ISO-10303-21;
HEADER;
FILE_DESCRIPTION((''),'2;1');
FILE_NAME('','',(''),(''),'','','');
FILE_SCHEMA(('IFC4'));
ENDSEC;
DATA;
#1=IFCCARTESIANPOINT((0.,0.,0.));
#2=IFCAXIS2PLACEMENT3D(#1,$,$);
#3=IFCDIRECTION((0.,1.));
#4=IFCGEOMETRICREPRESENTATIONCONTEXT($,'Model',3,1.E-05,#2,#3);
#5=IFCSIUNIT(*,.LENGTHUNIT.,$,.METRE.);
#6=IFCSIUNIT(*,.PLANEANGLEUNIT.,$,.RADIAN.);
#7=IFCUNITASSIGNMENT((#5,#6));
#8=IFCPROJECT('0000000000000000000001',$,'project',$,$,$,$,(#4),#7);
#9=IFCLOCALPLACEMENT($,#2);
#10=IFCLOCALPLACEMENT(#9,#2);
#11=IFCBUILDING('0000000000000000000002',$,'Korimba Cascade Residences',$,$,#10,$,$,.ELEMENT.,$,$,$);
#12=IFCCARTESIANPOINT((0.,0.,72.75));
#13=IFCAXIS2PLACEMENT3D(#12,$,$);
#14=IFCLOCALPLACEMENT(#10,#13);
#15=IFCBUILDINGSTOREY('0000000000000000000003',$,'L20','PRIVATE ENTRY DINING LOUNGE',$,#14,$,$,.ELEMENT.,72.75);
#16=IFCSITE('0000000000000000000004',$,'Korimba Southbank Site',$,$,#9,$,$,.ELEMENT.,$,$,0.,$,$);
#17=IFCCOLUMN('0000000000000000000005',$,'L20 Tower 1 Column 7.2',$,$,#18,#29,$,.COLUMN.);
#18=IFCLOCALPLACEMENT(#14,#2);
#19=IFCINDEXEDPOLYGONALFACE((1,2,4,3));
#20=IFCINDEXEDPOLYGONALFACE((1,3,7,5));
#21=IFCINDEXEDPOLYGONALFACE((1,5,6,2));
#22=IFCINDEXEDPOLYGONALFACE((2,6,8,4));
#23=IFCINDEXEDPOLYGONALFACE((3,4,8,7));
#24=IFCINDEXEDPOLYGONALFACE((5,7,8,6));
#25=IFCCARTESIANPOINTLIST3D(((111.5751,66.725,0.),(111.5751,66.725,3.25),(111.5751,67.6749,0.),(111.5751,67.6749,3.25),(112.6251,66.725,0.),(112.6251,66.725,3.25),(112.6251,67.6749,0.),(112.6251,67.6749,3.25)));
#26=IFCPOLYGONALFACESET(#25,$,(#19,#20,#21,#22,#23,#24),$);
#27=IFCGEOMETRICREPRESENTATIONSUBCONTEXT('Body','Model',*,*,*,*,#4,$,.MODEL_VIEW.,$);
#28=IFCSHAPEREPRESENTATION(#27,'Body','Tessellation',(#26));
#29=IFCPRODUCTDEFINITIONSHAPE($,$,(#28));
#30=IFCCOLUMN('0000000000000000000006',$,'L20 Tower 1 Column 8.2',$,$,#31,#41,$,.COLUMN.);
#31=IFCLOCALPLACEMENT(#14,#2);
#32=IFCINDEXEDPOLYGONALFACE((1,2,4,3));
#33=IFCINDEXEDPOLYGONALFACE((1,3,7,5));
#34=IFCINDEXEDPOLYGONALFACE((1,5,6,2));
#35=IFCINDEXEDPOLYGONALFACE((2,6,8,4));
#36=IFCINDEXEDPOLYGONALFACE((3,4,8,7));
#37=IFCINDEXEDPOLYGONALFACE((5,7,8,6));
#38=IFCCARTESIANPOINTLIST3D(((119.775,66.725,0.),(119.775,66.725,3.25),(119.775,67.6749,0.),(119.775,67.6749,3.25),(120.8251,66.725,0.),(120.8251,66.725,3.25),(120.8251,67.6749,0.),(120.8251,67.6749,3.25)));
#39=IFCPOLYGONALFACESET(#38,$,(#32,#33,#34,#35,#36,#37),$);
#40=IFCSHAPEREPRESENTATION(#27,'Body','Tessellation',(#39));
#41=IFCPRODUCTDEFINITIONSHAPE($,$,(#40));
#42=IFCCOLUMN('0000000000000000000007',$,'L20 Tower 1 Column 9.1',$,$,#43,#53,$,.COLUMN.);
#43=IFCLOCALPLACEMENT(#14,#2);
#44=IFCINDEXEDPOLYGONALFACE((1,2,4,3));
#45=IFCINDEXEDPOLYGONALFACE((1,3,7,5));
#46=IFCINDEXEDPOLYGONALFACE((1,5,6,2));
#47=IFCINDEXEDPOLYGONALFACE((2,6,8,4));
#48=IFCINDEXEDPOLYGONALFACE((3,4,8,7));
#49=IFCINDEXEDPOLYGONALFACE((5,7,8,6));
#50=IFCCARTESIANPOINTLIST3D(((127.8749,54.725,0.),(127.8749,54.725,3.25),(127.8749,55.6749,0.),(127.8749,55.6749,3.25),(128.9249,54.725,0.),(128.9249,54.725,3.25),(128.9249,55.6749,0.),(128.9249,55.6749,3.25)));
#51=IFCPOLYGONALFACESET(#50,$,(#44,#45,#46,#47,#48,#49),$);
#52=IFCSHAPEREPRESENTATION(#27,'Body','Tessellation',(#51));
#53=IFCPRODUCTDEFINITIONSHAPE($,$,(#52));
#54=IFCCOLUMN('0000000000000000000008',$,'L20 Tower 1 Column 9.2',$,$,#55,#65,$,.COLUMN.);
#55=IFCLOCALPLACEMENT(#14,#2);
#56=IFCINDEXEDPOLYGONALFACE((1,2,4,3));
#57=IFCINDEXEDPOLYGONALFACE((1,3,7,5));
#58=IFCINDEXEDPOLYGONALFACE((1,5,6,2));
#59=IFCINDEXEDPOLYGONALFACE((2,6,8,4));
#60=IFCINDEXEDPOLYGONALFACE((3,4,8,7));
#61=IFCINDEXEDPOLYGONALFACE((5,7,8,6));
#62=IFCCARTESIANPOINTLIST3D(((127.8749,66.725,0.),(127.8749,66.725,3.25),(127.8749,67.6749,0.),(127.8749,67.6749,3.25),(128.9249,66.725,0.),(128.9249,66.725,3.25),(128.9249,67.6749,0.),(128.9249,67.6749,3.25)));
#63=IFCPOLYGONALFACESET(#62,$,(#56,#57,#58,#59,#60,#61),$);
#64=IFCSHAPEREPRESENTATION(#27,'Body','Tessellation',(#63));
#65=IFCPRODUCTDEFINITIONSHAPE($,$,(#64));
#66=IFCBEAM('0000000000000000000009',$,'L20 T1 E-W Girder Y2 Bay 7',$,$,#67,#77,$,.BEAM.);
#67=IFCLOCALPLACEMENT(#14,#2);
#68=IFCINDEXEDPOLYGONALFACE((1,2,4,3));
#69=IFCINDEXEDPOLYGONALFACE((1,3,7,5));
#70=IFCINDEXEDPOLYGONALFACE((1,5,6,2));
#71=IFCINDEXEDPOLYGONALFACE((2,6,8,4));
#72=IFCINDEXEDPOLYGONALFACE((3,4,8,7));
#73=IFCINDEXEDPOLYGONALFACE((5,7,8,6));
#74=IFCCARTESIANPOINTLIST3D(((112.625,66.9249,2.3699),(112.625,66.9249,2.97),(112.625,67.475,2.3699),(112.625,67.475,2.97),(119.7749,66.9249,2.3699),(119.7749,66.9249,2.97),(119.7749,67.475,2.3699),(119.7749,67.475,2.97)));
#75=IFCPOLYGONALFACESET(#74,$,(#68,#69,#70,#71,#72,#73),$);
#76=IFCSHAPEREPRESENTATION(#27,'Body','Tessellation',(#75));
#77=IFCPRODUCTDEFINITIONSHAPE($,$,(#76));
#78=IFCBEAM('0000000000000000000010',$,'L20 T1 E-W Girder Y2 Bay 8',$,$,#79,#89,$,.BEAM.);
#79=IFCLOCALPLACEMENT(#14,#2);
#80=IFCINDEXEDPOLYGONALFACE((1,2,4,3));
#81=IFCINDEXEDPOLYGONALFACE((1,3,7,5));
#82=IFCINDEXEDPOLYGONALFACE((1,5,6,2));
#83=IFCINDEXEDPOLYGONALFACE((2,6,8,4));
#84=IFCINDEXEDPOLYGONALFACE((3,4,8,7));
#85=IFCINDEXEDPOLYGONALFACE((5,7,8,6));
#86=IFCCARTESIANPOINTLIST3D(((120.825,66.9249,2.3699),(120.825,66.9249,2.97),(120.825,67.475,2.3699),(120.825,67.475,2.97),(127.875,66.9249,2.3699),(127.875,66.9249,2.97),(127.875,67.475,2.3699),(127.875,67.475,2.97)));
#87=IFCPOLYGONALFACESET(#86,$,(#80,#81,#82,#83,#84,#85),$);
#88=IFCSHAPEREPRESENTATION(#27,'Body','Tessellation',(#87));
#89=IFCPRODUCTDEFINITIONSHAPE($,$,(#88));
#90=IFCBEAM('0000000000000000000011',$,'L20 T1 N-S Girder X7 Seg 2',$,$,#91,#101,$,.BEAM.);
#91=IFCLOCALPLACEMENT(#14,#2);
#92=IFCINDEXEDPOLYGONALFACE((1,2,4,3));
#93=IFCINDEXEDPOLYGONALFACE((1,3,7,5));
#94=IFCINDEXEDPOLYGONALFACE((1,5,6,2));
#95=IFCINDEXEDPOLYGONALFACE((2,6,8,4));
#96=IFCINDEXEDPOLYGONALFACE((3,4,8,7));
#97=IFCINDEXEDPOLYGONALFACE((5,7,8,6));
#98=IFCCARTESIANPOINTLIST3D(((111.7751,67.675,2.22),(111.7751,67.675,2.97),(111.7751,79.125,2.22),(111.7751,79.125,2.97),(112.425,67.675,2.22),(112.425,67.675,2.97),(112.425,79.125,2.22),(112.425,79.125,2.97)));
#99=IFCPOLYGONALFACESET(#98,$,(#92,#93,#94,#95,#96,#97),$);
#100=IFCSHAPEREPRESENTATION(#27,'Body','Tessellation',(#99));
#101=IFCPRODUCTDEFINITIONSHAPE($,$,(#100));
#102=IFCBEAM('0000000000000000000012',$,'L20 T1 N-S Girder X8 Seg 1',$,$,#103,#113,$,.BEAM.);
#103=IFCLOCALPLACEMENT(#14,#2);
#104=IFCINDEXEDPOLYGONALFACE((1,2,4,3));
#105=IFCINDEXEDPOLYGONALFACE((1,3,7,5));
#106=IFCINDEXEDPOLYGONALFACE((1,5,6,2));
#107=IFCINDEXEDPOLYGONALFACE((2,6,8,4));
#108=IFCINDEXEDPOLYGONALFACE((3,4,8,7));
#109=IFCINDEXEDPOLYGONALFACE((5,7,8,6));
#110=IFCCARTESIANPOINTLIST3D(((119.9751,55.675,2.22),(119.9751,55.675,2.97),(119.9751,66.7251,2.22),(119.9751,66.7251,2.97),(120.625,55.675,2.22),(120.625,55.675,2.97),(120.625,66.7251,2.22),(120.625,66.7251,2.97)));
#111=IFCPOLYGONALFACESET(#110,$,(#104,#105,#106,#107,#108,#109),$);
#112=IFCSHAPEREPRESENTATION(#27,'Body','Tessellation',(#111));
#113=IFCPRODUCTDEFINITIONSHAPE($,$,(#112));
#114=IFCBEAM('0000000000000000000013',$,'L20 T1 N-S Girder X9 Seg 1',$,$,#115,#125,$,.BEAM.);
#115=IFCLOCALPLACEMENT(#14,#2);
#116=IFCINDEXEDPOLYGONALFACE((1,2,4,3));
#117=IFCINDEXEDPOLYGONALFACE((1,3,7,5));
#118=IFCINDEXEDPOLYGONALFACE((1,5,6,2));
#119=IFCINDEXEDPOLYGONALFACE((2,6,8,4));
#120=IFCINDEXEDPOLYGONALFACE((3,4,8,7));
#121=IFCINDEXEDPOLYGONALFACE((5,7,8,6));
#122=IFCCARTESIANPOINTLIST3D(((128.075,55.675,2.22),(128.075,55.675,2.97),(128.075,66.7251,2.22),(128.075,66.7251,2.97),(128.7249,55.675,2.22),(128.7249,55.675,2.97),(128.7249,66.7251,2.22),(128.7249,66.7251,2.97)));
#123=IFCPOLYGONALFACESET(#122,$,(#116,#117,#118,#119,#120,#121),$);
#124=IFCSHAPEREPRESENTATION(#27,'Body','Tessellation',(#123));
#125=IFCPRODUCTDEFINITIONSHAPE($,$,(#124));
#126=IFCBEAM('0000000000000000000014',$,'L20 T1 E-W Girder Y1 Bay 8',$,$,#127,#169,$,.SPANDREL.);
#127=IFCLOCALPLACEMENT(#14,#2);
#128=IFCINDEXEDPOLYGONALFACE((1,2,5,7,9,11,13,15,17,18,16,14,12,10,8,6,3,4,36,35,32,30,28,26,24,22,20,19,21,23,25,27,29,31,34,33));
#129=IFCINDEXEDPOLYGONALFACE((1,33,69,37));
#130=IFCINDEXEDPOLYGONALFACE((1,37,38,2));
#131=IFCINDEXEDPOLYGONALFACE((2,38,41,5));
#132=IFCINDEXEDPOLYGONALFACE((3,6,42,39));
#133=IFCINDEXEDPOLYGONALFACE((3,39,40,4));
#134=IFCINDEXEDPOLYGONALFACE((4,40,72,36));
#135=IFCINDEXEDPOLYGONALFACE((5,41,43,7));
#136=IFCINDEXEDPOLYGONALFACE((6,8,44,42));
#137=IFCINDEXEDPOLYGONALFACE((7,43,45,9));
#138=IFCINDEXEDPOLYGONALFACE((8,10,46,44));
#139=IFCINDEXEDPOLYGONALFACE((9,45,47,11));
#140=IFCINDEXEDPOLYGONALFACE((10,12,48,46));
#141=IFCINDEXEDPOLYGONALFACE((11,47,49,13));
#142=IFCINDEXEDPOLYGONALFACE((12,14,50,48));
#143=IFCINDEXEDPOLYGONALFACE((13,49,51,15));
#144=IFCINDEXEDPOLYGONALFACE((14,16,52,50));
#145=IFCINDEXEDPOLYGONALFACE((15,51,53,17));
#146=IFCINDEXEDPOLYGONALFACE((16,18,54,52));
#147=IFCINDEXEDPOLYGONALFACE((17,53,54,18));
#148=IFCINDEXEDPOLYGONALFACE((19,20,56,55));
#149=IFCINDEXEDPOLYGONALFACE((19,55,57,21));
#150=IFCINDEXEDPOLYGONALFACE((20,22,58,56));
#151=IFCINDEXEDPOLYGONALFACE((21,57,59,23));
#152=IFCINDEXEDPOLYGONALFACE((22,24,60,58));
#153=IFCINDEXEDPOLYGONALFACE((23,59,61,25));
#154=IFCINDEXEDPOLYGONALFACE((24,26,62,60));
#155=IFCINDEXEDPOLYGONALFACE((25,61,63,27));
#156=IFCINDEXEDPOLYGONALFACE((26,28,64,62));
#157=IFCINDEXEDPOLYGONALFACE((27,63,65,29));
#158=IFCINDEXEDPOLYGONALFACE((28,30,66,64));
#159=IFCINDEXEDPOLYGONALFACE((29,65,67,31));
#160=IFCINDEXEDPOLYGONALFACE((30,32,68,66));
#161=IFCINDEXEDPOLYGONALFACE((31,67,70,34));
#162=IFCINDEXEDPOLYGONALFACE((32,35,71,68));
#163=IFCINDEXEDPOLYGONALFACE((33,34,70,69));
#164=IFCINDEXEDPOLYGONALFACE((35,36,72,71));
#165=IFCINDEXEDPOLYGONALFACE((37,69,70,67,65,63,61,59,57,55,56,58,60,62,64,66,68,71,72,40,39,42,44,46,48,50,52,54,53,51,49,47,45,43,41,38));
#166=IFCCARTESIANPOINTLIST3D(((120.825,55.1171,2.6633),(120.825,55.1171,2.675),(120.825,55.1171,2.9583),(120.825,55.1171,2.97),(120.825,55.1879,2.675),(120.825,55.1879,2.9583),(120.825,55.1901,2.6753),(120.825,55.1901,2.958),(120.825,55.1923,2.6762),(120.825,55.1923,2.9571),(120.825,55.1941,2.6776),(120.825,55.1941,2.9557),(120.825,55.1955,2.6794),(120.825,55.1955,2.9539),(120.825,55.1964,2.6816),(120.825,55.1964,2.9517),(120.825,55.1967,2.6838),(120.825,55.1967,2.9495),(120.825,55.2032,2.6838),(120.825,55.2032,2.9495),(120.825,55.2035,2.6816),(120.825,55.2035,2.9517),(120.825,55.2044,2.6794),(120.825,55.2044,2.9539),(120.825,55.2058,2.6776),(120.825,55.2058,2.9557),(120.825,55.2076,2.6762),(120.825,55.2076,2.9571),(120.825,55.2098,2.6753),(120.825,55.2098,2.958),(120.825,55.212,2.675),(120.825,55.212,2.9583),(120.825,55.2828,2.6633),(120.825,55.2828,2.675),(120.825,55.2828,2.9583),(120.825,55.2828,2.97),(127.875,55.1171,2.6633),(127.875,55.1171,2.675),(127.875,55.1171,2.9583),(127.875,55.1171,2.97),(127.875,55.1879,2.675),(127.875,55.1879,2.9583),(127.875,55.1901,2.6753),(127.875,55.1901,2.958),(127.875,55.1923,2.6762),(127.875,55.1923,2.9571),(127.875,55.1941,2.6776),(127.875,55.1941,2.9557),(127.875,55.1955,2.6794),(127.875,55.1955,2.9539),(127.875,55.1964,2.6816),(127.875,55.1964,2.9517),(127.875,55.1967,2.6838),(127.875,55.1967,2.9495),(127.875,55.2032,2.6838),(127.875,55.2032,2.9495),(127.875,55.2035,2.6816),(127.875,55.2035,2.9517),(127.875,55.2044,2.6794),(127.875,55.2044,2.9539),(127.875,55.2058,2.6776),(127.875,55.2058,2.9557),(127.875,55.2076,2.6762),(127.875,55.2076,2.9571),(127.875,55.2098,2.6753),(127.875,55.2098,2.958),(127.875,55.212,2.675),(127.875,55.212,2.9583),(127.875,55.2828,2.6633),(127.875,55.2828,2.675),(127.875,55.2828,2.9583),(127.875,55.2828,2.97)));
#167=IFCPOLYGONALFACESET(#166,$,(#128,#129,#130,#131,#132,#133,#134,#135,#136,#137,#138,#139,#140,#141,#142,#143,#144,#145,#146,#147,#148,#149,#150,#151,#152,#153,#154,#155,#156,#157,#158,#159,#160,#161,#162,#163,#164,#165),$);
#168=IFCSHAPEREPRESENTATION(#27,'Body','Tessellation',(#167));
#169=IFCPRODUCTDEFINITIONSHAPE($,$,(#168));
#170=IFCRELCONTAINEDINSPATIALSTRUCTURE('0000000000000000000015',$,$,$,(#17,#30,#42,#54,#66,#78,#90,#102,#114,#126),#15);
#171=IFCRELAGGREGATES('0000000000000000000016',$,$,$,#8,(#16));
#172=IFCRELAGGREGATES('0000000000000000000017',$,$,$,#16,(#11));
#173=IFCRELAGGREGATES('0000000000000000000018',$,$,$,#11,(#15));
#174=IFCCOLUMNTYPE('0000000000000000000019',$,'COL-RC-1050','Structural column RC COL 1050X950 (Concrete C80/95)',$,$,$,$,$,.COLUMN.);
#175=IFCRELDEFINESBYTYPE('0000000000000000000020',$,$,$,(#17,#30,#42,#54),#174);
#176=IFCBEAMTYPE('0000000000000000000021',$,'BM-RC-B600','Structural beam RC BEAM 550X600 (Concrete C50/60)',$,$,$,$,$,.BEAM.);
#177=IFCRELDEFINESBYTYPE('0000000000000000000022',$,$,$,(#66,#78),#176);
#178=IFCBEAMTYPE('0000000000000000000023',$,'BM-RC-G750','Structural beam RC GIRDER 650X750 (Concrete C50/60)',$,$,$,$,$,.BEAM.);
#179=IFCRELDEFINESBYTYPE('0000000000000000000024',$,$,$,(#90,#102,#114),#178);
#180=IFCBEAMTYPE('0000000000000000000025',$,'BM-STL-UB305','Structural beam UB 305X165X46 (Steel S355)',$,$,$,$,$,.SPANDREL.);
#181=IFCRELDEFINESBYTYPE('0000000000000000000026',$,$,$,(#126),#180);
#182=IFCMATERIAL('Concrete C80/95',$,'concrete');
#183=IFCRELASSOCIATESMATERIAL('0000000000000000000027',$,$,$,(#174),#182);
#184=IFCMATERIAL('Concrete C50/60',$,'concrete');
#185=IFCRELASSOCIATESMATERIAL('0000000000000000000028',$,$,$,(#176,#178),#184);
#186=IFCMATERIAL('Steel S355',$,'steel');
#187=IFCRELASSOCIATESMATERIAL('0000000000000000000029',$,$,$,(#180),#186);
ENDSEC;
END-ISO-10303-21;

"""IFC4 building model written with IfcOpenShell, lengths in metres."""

from ifc_helpers import new_model, si_unit, direction, frame, origin, origin_2d, place, context, subcontext, project, spatial, rectangle, i_section, extrude, material, material_profile, profile_set, type_object, element, save


model = new_model("IFC4")

# Units and contexts
model_context = context("Model", 3, precision=1e-05, world=origin(), true_north=direction((0.0, 1.0)))
body_context = subcontext(model_context, "Body", "Model", "MODEL_VIEW")
ifc_project = project(units=[si_unit("LENGTHUNIT", "METRE"), si_unit("PLANEANGLEUNIT", "RADIAN")], contexts=[model_context])

# Site, building, storey
site_placement = place(None, origin())
site = spatial("IfcSite", under=ifc_project, at=site_placement, Name="Korimba Southbank Site", CompositionType="ELEMENT", RefElevation=0.0)
building_placement = place(site_placement, origin())
building = spatial("IfcBuilding", under=site, at=building_placement, Name="Korimba Cascade Residences", CompositionType="ELEMENT")
storey_placement = place(building_placement, frame((0.0, 0.0, 72.75)))
storey = spatial("IfcBuildingStorey", under=building, at=storey_placement, Name="L20", Description="PRIVATE ENTRY DINING LOUNGE", CompositionType="ELEMENT", Elevation=72.75)

# Columns
ifc_material_1 = material(Name="Concrete C80/95", Category="concrete")
ifc_material_profile_1 = material_profile(ifc_material_1, rectangle(XDim=1.05, YDim=0.95, at=origin_2d()), Name="Concrete C80/95")
ifc_profile_set_1 = profile_set([ifc_material_profile_1], Name="Concrete C80/95")
column_type = type_object("IfcColumnType", Name="COL-RC-1050", Description="Structural column RC COL 1050X950 (Concrete C80/95)", PredefinedType="COLUMN", material=ifc_profile_set_1)
for number, where, z_axis, x_axis, name in (
    (1, (112.1001, 67.2, 0.0), (0.0, 0.0, 1.0), (1.0, 0.0, 0.0), "L20 Tower 1 Column 7.2"),
    (2, (120.3, 67.2, 0.0), (0.0, 0.0, 1.0), (1.0, 0.0, 0.0), "L20 Tower 1 Column 8.2"),
    (3, (128.3999, 55.2, 0.0), (0.0, 0.0, 1.0), (1.0, 0.0, 0.0), "L20 Tower 1 Column 9.1"),
    (4, (128.3999, 67.2, 0.0), (0.0, 0.0, 1.0), (1.0, 0.0, 0.0), "L20 Tower 1 Column 9.2"),
):
    element("IfcColumn", number, at=place(storey_placement, frame(where, z_axis=z_axis, x_axis=x_axis)), inside=storey, type_object=column_type, Name=name, PredefinedType="COLUMN", context=body_context, shape_type="SweptSolid", body=[
        extrude(rectangle(XDim=1.05, YDim=0.95, at=origin_2d()), origin(), (0.0, 0.0, 1.0), 3.25),
    ])

# Beams
ifc_material_2 = material(Name="Concrete C50/60", Category="concrete")
ifc_material_profile_2 = material_profile(ifc_material_2, rectangle(XDim=0.55, YDim=0.6001, at=origin_2d()), Name="Concrete C50/60")
ifc_profile_set_2 = profile_set([ifc_material_profile_2], Name="Concrete C50/60")
beam_type_1 = type_object("IfcBeamType", Name="BM-RC-B600", Description="Structural beam RC BEAM 550X600 (Concrete C50/60)", PredefinedType="BEAM", material=ifc_profile_set_2)
beam_1_placement = place(storey_placement, frame((112.625, 67.2, 2.6699), z_axis=(1.0, 0.0, 0.0), x_axis=(0.0, 1.0, 0.0)))
element("IfcBeam", 5, at=beam_1_placement, inside=storey, type_object=beam_type_1, Name="L20 T1 E-W Girder Y2 Bay 7", PredefinedType="BEAM", context=body_context, shape_type="SweptSolid", body=[
    extrude(rectangle(XDim=0.55, YDim=0.6001, at=origin_2d()), origin(), (0.0, 0.0, 1.0), 7.1499),
])
beam_2_placement = place(storey_placement, frame((120.825, 67.2, 2.6699), z_axis=(1.0, 0.0, 0.0), x_axis=(0.0, 1.0, 0.0)))
element("IfcBeam", 6, at=beam_2_placement, inside=storey, type_object=beam_type_1, Name="L20 T1 E-W Girder Y2 Bay 8", PredefinedType="BEAM", context=body_context, shape_type="SweptSolid", body=[
    extrude(rectangle(XDim=0.55, YDim=0.6001, at=origin_2d()), origin(), (0.0, 0.0, 1.0), 7.05),
])
ifc_material_profile_3 = material_profile(ifc_material_2, rectangle(XDim=0.6499, YDim=0.75, at=origin_2d()), Name="Concrete C50/60")
ifc_profile_set_3 = profile_set([ifc_material_profile_3], Name="Concrete C50/60")
beam_type_2 = type_object("IfcBeamType", Name="BM-RC-G750", Description="Structural beam RC GIRDER 650X750 (Concrete C50/60)", PredefinedType="BEAM", material=ifc_profile_set_3)
beam_3_placement = place(storey_placement, frame((112.1001, 67.675, 2.595), z_axis=(0.0, 1.0, 0.0), x_axis=(-1.0, 0.0, 0.0)))
element("IfcBeam", 7, at=beam_3_placement, inside=storey, type_object=beam_type_2, Name="L20 T1 N-S Girder X7 Seg 2", PredefinedType="BEAM", context=body_context, shape_type="SweptSolid", body=[
    extrude(rectangle(XDim=0.6499, YDim=0.75, at=origin_2d()), origin(), (0.0, 0.0, 1.0), 11.45),
])
for number, where, z_axis, x_axis, name in (
    (8, (120.3, 55.675, 2.595), (0.0, 1.0, 0.0), (-1.0, 0.0, 0.0), "L20 T1 N-S Girder X8 Seg 1"),
    (9, (128.3999, 55.675, 2.595), (0.0, 1.0, 0.0), (-1.0, 0.0, 0.0), "L20 T1 N-S Girder X9 Seg 1"),
):
    element("IfcBeam", number, at=place(storey_placement, frame(where, z_axis=z_axis, x_axis=x_axis)), inside=storey, type_object=beam_type_2, Name=name, PredefinedType="BEAM", context=body_context, shape_type="SweptSolid", body=[
        extrude(rectangle(XDim=0.6499, YDim=0.75, at=origin_2d()), origin(), (0.0, 0.0, 1.0), 11.05),
    ])
ifc_material_3 = material(Name="Steel S355", Category="steel")
ifc_material_profile_4 = material_profile(ifc_material_3, i_section(OverallWidth=0.1658, OverallDepth=0.3066, WebThickness=0.0066, FlangeThickness=0.0117, FilletRadius=0.0088, at=origin_2d()), Name="Steel S355")
ifc_profile_set_4 = profile_set([ifc_material_profile_4], Name="Steel S355")
beam_type_3 = type_object("IfcBeamType", Name="BM-STL-UB305", Description="Structural beam UB 305X165X46 (Steel S355)", PredefinedType="SPANDREL", material=ifc_profile_set_4)
beam_4_placement = place(storey_placement, frame((120.825, 55.2, 2.8167), z_axis=(1.0, 0.0, 0.0), x_axis=(0.0, 1.0, 0.0)))
element("IfcBeam", 10, at=beam_4_placement, inside=storey, type_object=beam_type_3, Name="L20 T1 E-W Girder Y1 Bay 8", PredefinedType="SPANDREL", context=body_context, shape_type="SweptSolid", body=[
    extrude(i_section(OverallWidth=0.1658, OverallDepth=0.3066, WebThickness=0.0066, FlangeThickness=0.0117, FilletRadius=0.0088, at=origin_2d()), origin(), (0.0, 0.0, 1.0), 7.05),
])

save(model, "model.ifc")
